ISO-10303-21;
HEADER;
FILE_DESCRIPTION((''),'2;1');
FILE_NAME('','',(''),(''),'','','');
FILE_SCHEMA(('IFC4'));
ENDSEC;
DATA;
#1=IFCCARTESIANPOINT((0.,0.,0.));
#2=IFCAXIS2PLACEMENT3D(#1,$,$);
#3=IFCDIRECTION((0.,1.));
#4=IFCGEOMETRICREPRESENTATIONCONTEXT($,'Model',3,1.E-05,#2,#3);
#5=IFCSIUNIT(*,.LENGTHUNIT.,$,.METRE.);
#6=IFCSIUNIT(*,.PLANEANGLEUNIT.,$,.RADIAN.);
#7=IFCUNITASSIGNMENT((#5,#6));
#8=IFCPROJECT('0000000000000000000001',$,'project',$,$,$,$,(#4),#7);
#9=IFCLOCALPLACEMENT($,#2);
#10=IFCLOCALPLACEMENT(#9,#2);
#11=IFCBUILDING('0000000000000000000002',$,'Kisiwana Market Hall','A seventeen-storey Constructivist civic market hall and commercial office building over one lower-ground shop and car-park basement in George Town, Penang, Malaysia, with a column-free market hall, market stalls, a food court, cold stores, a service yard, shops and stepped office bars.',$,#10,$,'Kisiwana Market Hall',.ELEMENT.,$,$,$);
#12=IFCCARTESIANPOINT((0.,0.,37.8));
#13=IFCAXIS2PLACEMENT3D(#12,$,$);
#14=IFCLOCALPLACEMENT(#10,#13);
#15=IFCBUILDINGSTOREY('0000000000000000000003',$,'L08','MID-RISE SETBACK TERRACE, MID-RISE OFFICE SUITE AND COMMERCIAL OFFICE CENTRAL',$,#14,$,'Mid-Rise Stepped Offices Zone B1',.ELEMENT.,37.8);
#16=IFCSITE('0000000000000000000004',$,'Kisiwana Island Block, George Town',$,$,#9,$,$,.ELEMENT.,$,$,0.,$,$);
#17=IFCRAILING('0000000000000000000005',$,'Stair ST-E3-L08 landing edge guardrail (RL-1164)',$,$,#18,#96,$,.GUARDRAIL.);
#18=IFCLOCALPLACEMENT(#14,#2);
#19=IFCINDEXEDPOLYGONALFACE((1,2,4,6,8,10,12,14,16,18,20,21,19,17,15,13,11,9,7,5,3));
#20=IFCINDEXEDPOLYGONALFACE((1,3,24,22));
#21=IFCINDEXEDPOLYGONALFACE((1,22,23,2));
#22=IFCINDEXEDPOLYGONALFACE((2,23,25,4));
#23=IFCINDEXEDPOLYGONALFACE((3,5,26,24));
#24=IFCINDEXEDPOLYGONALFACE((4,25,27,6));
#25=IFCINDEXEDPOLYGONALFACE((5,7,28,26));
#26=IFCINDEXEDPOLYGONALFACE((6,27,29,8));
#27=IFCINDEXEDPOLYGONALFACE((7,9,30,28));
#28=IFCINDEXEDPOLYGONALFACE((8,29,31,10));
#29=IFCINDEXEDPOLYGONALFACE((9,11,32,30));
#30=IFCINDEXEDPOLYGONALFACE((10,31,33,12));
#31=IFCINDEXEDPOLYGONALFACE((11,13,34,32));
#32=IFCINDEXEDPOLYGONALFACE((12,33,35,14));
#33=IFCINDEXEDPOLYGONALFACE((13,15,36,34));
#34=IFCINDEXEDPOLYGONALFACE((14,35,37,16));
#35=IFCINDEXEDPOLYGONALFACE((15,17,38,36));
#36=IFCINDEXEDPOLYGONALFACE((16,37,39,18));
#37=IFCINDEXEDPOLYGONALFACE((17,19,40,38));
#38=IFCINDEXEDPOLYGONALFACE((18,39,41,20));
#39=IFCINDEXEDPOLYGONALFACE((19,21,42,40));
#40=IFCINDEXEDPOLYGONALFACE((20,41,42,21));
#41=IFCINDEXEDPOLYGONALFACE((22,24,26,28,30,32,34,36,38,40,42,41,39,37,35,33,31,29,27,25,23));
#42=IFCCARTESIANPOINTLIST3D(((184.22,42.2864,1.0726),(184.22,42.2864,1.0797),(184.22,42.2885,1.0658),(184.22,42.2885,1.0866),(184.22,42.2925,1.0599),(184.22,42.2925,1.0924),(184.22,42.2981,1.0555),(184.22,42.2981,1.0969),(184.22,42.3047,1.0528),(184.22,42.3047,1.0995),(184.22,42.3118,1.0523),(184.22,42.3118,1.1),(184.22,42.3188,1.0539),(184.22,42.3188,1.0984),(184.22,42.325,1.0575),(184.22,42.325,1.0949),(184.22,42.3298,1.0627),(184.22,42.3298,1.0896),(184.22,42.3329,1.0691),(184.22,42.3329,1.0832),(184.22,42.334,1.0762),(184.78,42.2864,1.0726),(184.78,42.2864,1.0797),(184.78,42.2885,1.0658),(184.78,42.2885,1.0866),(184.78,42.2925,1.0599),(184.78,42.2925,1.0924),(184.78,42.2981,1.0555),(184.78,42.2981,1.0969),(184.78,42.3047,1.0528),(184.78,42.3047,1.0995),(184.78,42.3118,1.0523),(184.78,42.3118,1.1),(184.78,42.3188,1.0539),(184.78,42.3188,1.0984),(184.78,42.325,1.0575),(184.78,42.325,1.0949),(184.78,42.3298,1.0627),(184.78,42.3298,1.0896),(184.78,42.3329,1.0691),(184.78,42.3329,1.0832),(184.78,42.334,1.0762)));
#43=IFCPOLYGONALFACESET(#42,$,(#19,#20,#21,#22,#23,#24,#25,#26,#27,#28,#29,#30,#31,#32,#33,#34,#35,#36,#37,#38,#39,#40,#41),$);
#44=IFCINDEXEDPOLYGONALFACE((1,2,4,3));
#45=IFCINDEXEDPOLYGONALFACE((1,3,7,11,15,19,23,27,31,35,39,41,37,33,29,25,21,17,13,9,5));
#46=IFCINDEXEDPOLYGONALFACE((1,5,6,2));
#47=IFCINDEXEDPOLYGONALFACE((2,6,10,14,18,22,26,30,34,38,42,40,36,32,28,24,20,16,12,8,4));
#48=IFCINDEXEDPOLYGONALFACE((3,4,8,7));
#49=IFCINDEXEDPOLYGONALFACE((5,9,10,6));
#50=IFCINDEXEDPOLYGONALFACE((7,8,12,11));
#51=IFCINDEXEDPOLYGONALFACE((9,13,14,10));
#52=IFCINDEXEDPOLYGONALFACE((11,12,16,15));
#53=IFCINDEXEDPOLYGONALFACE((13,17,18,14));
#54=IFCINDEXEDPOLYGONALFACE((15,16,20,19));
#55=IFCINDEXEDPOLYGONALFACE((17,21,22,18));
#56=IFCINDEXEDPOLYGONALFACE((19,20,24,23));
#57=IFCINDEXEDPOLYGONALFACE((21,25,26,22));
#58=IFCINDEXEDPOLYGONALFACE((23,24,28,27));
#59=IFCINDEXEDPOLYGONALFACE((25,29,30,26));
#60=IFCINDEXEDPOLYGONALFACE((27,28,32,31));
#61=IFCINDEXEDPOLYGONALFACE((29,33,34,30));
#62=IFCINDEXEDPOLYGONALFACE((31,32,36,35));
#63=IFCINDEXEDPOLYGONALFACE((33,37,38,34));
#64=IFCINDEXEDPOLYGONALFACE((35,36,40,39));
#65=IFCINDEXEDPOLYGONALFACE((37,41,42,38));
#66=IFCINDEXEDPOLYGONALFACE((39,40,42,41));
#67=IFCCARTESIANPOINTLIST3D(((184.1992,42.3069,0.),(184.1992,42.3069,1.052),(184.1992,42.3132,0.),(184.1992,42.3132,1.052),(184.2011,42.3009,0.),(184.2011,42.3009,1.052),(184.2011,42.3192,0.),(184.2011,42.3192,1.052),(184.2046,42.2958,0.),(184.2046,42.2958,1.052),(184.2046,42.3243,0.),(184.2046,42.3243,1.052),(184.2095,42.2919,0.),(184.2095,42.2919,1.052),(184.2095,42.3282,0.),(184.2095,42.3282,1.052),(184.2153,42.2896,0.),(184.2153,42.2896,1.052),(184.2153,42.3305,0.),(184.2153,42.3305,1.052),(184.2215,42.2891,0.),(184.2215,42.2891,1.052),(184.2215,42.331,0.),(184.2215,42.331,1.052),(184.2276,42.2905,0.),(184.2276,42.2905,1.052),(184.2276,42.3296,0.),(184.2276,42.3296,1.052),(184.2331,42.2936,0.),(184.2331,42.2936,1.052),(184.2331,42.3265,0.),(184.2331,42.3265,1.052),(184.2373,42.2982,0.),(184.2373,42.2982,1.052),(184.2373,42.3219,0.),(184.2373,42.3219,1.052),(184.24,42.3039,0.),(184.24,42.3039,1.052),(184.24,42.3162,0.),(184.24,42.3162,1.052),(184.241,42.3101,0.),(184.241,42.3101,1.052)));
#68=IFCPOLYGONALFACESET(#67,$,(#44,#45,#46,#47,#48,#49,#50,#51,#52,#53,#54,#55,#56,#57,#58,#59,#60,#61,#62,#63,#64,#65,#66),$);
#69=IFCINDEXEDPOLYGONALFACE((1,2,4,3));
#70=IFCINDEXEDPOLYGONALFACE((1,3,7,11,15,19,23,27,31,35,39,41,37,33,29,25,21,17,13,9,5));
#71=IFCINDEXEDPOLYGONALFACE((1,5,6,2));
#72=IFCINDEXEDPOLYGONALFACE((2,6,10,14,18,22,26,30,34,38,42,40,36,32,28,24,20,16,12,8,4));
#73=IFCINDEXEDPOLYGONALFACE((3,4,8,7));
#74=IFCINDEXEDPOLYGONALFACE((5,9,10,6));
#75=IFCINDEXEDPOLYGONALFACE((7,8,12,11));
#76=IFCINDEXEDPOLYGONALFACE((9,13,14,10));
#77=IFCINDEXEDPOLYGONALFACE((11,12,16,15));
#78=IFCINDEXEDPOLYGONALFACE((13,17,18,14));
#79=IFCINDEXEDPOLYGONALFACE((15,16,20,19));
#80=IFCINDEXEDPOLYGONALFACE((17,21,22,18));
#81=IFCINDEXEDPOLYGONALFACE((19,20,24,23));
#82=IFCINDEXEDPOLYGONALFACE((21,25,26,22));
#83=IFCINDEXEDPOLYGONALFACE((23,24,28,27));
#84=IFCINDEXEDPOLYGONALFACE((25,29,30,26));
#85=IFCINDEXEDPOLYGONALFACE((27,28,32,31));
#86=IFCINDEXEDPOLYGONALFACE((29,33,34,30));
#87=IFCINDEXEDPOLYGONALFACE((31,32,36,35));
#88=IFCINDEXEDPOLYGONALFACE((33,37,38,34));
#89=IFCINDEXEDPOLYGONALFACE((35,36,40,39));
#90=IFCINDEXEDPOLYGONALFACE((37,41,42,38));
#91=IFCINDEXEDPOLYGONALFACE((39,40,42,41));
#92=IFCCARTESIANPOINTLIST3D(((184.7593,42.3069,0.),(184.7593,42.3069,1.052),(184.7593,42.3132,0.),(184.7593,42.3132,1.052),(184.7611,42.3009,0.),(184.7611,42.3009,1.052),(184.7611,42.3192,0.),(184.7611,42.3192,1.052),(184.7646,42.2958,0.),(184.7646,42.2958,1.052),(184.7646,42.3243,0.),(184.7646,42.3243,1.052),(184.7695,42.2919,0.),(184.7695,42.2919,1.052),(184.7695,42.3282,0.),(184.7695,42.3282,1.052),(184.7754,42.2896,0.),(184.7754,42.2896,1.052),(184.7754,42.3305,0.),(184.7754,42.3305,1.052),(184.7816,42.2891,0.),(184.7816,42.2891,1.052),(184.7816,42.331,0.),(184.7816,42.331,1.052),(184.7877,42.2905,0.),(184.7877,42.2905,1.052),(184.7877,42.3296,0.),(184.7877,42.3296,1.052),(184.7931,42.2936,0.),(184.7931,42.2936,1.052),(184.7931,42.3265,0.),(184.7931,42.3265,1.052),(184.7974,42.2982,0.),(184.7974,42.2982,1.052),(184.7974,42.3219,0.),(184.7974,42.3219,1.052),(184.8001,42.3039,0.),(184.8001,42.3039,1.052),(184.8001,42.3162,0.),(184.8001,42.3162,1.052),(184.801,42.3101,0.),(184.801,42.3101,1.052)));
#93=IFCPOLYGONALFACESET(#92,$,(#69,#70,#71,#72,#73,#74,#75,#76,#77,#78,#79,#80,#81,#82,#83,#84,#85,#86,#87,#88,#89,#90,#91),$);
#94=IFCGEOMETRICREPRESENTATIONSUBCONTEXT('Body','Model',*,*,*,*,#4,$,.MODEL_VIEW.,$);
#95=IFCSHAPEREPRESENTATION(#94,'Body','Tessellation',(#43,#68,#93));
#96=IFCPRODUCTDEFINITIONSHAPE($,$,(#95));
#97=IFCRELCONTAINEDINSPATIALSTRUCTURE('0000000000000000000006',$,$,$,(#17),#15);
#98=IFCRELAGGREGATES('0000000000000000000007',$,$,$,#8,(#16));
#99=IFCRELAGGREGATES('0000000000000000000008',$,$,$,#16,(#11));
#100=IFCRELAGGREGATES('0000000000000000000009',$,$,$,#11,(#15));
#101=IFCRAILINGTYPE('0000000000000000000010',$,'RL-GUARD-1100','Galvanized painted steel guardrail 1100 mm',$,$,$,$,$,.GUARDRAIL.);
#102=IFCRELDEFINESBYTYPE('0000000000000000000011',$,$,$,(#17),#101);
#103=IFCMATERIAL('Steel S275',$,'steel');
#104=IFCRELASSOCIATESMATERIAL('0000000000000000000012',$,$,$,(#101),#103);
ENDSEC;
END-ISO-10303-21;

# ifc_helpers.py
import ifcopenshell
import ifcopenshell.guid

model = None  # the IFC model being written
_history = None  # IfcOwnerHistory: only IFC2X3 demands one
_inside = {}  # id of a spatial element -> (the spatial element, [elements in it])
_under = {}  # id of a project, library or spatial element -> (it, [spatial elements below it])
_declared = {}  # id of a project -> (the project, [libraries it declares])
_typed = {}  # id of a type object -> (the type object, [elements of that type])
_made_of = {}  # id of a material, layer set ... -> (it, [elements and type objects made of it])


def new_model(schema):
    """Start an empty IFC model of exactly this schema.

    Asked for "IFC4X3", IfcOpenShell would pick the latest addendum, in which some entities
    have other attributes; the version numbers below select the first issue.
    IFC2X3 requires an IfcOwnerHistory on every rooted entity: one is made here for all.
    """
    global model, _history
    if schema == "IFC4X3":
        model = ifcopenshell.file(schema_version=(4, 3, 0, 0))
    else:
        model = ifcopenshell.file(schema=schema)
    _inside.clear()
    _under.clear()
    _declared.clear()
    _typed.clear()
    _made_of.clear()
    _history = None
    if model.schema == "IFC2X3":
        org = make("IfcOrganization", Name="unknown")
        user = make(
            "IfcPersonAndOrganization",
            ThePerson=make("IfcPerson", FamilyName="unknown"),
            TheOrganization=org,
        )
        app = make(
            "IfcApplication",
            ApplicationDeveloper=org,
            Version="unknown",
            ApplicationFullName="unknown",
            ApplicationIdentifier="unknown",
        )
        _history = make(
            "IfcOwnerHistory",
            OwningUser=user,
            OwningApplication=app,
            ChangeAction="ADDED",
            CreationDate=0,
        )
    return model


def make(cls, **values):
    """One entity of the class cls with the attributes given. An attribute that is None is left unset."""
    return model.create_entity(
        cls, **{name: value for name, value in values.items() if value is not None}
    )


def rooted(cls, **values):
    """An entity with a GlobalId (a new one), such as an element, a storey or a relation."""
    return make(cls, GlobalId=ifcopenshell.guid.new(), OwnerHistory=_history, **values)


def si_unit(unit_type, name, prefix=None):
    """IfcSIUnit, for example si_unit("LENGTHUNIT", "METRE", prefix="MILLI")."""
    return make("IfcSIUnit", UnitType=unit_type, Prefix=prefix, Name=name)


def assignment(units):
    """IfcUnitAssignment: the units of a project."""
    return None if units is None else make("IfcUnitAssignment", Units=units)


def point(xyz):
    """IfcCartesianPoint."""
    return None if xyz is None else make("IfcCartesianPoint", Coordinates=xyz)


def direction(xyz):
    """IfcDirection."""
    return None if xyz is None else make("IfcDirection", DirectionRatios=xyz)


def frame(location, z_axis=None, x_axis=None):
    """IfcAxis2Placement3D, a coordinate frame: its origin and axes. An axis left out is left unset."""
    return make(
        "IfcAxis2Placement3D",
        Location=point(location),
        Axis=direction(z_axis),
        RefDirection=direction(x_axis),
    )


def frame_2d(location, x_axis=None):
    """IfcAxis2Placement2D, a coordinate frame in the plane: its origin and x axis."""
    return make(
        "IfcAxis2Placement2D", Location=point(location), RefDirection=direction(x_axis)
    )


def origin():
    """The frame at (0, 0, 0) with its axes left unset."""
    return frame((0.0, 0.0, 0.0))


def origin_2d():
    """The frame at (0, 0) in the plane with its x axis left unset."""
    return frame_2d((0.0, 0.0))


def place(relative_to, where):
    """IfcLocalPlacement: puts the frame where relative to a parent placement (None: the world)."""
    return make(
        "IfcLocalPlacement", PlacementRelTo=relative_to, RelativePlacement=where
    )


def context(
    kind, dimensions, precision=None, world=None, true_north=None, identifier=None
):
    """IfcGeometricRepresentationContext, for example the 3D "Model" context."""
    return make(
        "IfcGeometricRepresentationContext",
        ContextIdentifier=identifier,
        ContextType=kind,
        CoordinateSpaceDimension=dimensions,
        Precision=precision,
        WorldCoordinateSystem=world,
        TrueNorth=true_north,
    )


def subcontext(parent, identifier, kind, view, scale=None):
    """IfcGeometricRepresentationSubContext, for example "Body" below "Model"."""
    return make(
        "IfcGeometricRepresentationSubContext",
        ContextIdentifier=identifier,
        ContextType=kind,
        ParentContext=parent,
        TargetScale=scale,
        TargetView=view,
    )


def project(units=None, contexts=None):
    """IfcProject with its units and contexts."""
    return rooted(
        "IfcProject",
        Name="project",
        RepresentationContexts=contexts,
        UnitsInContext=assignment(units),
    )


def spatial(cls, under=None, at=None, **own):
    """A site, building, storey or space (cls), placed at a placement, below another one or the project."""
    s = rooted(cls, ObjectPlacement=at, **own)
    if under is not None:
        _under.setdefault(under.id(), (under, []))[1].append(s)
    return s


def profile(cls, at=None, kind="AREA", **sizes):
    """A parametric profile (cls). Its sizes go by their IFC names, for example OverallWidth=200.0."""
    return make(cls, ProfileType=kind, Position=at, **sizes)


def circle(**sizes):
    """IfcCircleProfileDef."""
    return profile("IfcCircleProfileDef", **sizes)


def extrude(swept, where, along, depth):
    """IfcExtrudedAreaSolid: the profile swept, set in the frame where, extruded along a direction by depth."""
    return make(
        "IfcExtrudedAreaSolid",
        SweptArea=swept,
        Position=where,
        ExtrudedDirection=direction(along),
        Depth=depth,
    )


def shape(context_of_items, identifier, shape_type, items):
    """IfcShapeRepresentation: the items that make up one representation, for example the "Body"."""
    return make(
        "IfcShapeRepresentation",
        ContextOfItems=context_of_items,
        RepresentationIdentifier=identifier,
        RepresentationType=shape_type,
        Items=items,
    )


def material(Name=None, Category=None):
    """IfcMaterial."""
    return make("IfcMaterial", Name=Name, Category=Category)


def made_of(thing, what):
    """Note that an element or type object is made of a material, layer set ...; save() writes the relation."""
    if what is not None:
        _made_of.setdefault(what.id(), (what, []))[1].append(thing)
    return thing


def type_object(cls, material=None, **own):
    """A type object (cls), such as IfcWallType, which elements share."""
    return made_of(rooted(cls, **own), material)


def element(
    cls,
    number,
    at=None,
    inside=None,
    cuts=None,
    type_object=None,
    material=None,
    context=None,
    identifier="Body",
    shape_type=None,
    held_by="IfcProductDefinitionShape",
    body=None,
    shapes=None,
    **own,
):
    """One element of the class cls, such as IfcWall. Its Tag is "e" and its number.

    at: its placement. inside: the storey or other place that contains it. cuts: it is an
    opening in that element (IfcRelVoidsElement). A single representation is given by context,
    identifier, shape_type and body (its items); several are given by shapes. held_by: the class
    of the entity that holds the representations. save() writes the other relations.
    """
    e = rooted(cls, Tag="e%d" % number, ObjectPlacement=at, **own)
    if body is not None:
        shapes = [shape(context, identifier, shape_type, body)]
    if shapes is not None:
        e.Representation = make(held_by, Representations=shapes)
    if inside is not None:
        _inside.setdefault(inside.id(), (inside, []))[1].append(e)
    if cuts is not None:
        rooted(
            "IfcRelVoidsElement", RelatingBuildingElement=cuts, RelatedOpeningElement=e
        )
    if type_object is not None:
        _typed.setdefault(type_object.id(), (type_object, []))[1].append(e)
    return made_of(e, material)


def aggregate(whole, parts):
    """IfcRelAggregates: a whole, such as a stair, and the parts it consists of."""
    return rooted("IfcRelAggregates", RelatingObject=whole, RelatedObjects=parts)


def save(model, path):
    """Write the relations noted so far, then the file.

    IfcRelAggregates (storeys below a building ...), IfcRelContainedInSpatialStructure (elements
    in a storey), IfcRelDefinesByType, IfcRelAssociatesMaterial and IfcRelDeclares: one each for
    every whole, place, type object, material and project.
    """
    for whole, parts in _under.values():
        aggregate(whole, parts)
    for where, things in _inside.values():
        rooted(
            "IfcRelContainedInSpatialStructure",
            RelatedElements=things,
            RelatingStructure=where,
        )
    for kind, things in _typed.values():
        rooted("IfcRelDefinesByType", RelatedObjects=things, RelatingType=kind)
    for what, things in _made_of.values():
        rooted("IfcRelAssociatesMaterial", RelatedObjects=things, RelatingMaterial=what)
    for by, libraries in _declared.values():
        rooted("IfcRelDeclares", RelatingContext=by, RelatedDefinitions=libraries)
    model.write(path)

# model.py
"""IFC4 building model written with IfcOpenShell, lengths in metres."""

from ifc_helpers import new_model, si_unit, direction, frame, origin, origin_2d, place, context, subcontext, project, spatial, circle, extrude, material, type_object, element, save


model = new_model("IFC4")

# Units and contexts
model_context = context("Model", 3, precision=1e-05, world=origin(), true_north=direction((0.0, 1.0)))
body_context = subcontext(model_context, "Body", "Model", "MODEL_VIEW")
ifc_project = project(units=[si_unit("LENGTHUNIT", "METRE"), si_unit("PLANEANGLEUNIT", "RADIAN")], contexts=[model_context])

# Site, building, storey
site_placement = place(None, origin())
site = spatial("IfcSite", under=ifc_project, at=site_placement, Name="Kisiwana Island Block, George Town", CompositionType="ELEMENT", RefElevation=0.0)
building_placement = place(site_placement, origin())
building = spatial("IfcBuilding", under=site, at=building_placement, Name="Kisiwana Market Hall", Description="A seventeen-storey Constructivist civic market hall and commercial office building over one lower-ground shop and car-park basement in George Town, Penang, Malaysia, with a column-free market hall, market stalls, a food court, cold stores, a service yard, shops and stepped office bars.", LongName="Kisiwana Market Hall", CompositionType="ELEMENT")
storey_placement = place(building_placement, frame((0.0, 0.0, 37.8)))
storey = spatial("IfcBuildingStorey", under=building, at=storey_placement, Name="L08", Description="MID-RISE SETBACK TERRACE, MID-RISE OFFICE SUITE AND COMMERCIAL OFFICE CENTRAL", LongName="Mid-Rise Stepped Offices Zone B1", CompositionType="ELEMENT", Elevation=37.8)

# Railing
ifc_material_1 = material(Name="Steel S275", Category="steel")
railing_type_1 = type_object("IfcRailingType", Name="RL-GUARD-1100", Description="Galvanized painted steel guardrail 1100 mm", PredefinedType="GUARDRAIL", material=ifc_material_1)
railing_1_placement = place(storey_placement, frame((184.22, 42.3101, 0.0)))
element("IfcRailing", 1, at=railing_1_placement, inside=storey, type_object=railing_type_1, Name="Stair ST-E3-L08 landing edge guardrail (RL-1164)", PredefinedType="GUARDRAIL", context=body_context, shape_type="SweptSolid", body=[
    extrude(circle(Radius=0.0239, at=origin_2d()), frame((0.0, 0.0, 1.0762), z_axis=(1.0, 0.0, 0.0), x_axis=(0.0, 1.0, 0.0)), (0.0, 0.0, 1.0), 0.5601),
    extrude(circle(Radius=0.021, at=origin_2d()), origin(), (0.0, 0.0, 1.0), 1.052),
    extrude(circle(Radius=0.021, at=origin_2d()), frame((0.5601, 0.0, 0.0)), (0.0, 0.0, 1.0), 1.052),
])

save(model, "model.ifc")
